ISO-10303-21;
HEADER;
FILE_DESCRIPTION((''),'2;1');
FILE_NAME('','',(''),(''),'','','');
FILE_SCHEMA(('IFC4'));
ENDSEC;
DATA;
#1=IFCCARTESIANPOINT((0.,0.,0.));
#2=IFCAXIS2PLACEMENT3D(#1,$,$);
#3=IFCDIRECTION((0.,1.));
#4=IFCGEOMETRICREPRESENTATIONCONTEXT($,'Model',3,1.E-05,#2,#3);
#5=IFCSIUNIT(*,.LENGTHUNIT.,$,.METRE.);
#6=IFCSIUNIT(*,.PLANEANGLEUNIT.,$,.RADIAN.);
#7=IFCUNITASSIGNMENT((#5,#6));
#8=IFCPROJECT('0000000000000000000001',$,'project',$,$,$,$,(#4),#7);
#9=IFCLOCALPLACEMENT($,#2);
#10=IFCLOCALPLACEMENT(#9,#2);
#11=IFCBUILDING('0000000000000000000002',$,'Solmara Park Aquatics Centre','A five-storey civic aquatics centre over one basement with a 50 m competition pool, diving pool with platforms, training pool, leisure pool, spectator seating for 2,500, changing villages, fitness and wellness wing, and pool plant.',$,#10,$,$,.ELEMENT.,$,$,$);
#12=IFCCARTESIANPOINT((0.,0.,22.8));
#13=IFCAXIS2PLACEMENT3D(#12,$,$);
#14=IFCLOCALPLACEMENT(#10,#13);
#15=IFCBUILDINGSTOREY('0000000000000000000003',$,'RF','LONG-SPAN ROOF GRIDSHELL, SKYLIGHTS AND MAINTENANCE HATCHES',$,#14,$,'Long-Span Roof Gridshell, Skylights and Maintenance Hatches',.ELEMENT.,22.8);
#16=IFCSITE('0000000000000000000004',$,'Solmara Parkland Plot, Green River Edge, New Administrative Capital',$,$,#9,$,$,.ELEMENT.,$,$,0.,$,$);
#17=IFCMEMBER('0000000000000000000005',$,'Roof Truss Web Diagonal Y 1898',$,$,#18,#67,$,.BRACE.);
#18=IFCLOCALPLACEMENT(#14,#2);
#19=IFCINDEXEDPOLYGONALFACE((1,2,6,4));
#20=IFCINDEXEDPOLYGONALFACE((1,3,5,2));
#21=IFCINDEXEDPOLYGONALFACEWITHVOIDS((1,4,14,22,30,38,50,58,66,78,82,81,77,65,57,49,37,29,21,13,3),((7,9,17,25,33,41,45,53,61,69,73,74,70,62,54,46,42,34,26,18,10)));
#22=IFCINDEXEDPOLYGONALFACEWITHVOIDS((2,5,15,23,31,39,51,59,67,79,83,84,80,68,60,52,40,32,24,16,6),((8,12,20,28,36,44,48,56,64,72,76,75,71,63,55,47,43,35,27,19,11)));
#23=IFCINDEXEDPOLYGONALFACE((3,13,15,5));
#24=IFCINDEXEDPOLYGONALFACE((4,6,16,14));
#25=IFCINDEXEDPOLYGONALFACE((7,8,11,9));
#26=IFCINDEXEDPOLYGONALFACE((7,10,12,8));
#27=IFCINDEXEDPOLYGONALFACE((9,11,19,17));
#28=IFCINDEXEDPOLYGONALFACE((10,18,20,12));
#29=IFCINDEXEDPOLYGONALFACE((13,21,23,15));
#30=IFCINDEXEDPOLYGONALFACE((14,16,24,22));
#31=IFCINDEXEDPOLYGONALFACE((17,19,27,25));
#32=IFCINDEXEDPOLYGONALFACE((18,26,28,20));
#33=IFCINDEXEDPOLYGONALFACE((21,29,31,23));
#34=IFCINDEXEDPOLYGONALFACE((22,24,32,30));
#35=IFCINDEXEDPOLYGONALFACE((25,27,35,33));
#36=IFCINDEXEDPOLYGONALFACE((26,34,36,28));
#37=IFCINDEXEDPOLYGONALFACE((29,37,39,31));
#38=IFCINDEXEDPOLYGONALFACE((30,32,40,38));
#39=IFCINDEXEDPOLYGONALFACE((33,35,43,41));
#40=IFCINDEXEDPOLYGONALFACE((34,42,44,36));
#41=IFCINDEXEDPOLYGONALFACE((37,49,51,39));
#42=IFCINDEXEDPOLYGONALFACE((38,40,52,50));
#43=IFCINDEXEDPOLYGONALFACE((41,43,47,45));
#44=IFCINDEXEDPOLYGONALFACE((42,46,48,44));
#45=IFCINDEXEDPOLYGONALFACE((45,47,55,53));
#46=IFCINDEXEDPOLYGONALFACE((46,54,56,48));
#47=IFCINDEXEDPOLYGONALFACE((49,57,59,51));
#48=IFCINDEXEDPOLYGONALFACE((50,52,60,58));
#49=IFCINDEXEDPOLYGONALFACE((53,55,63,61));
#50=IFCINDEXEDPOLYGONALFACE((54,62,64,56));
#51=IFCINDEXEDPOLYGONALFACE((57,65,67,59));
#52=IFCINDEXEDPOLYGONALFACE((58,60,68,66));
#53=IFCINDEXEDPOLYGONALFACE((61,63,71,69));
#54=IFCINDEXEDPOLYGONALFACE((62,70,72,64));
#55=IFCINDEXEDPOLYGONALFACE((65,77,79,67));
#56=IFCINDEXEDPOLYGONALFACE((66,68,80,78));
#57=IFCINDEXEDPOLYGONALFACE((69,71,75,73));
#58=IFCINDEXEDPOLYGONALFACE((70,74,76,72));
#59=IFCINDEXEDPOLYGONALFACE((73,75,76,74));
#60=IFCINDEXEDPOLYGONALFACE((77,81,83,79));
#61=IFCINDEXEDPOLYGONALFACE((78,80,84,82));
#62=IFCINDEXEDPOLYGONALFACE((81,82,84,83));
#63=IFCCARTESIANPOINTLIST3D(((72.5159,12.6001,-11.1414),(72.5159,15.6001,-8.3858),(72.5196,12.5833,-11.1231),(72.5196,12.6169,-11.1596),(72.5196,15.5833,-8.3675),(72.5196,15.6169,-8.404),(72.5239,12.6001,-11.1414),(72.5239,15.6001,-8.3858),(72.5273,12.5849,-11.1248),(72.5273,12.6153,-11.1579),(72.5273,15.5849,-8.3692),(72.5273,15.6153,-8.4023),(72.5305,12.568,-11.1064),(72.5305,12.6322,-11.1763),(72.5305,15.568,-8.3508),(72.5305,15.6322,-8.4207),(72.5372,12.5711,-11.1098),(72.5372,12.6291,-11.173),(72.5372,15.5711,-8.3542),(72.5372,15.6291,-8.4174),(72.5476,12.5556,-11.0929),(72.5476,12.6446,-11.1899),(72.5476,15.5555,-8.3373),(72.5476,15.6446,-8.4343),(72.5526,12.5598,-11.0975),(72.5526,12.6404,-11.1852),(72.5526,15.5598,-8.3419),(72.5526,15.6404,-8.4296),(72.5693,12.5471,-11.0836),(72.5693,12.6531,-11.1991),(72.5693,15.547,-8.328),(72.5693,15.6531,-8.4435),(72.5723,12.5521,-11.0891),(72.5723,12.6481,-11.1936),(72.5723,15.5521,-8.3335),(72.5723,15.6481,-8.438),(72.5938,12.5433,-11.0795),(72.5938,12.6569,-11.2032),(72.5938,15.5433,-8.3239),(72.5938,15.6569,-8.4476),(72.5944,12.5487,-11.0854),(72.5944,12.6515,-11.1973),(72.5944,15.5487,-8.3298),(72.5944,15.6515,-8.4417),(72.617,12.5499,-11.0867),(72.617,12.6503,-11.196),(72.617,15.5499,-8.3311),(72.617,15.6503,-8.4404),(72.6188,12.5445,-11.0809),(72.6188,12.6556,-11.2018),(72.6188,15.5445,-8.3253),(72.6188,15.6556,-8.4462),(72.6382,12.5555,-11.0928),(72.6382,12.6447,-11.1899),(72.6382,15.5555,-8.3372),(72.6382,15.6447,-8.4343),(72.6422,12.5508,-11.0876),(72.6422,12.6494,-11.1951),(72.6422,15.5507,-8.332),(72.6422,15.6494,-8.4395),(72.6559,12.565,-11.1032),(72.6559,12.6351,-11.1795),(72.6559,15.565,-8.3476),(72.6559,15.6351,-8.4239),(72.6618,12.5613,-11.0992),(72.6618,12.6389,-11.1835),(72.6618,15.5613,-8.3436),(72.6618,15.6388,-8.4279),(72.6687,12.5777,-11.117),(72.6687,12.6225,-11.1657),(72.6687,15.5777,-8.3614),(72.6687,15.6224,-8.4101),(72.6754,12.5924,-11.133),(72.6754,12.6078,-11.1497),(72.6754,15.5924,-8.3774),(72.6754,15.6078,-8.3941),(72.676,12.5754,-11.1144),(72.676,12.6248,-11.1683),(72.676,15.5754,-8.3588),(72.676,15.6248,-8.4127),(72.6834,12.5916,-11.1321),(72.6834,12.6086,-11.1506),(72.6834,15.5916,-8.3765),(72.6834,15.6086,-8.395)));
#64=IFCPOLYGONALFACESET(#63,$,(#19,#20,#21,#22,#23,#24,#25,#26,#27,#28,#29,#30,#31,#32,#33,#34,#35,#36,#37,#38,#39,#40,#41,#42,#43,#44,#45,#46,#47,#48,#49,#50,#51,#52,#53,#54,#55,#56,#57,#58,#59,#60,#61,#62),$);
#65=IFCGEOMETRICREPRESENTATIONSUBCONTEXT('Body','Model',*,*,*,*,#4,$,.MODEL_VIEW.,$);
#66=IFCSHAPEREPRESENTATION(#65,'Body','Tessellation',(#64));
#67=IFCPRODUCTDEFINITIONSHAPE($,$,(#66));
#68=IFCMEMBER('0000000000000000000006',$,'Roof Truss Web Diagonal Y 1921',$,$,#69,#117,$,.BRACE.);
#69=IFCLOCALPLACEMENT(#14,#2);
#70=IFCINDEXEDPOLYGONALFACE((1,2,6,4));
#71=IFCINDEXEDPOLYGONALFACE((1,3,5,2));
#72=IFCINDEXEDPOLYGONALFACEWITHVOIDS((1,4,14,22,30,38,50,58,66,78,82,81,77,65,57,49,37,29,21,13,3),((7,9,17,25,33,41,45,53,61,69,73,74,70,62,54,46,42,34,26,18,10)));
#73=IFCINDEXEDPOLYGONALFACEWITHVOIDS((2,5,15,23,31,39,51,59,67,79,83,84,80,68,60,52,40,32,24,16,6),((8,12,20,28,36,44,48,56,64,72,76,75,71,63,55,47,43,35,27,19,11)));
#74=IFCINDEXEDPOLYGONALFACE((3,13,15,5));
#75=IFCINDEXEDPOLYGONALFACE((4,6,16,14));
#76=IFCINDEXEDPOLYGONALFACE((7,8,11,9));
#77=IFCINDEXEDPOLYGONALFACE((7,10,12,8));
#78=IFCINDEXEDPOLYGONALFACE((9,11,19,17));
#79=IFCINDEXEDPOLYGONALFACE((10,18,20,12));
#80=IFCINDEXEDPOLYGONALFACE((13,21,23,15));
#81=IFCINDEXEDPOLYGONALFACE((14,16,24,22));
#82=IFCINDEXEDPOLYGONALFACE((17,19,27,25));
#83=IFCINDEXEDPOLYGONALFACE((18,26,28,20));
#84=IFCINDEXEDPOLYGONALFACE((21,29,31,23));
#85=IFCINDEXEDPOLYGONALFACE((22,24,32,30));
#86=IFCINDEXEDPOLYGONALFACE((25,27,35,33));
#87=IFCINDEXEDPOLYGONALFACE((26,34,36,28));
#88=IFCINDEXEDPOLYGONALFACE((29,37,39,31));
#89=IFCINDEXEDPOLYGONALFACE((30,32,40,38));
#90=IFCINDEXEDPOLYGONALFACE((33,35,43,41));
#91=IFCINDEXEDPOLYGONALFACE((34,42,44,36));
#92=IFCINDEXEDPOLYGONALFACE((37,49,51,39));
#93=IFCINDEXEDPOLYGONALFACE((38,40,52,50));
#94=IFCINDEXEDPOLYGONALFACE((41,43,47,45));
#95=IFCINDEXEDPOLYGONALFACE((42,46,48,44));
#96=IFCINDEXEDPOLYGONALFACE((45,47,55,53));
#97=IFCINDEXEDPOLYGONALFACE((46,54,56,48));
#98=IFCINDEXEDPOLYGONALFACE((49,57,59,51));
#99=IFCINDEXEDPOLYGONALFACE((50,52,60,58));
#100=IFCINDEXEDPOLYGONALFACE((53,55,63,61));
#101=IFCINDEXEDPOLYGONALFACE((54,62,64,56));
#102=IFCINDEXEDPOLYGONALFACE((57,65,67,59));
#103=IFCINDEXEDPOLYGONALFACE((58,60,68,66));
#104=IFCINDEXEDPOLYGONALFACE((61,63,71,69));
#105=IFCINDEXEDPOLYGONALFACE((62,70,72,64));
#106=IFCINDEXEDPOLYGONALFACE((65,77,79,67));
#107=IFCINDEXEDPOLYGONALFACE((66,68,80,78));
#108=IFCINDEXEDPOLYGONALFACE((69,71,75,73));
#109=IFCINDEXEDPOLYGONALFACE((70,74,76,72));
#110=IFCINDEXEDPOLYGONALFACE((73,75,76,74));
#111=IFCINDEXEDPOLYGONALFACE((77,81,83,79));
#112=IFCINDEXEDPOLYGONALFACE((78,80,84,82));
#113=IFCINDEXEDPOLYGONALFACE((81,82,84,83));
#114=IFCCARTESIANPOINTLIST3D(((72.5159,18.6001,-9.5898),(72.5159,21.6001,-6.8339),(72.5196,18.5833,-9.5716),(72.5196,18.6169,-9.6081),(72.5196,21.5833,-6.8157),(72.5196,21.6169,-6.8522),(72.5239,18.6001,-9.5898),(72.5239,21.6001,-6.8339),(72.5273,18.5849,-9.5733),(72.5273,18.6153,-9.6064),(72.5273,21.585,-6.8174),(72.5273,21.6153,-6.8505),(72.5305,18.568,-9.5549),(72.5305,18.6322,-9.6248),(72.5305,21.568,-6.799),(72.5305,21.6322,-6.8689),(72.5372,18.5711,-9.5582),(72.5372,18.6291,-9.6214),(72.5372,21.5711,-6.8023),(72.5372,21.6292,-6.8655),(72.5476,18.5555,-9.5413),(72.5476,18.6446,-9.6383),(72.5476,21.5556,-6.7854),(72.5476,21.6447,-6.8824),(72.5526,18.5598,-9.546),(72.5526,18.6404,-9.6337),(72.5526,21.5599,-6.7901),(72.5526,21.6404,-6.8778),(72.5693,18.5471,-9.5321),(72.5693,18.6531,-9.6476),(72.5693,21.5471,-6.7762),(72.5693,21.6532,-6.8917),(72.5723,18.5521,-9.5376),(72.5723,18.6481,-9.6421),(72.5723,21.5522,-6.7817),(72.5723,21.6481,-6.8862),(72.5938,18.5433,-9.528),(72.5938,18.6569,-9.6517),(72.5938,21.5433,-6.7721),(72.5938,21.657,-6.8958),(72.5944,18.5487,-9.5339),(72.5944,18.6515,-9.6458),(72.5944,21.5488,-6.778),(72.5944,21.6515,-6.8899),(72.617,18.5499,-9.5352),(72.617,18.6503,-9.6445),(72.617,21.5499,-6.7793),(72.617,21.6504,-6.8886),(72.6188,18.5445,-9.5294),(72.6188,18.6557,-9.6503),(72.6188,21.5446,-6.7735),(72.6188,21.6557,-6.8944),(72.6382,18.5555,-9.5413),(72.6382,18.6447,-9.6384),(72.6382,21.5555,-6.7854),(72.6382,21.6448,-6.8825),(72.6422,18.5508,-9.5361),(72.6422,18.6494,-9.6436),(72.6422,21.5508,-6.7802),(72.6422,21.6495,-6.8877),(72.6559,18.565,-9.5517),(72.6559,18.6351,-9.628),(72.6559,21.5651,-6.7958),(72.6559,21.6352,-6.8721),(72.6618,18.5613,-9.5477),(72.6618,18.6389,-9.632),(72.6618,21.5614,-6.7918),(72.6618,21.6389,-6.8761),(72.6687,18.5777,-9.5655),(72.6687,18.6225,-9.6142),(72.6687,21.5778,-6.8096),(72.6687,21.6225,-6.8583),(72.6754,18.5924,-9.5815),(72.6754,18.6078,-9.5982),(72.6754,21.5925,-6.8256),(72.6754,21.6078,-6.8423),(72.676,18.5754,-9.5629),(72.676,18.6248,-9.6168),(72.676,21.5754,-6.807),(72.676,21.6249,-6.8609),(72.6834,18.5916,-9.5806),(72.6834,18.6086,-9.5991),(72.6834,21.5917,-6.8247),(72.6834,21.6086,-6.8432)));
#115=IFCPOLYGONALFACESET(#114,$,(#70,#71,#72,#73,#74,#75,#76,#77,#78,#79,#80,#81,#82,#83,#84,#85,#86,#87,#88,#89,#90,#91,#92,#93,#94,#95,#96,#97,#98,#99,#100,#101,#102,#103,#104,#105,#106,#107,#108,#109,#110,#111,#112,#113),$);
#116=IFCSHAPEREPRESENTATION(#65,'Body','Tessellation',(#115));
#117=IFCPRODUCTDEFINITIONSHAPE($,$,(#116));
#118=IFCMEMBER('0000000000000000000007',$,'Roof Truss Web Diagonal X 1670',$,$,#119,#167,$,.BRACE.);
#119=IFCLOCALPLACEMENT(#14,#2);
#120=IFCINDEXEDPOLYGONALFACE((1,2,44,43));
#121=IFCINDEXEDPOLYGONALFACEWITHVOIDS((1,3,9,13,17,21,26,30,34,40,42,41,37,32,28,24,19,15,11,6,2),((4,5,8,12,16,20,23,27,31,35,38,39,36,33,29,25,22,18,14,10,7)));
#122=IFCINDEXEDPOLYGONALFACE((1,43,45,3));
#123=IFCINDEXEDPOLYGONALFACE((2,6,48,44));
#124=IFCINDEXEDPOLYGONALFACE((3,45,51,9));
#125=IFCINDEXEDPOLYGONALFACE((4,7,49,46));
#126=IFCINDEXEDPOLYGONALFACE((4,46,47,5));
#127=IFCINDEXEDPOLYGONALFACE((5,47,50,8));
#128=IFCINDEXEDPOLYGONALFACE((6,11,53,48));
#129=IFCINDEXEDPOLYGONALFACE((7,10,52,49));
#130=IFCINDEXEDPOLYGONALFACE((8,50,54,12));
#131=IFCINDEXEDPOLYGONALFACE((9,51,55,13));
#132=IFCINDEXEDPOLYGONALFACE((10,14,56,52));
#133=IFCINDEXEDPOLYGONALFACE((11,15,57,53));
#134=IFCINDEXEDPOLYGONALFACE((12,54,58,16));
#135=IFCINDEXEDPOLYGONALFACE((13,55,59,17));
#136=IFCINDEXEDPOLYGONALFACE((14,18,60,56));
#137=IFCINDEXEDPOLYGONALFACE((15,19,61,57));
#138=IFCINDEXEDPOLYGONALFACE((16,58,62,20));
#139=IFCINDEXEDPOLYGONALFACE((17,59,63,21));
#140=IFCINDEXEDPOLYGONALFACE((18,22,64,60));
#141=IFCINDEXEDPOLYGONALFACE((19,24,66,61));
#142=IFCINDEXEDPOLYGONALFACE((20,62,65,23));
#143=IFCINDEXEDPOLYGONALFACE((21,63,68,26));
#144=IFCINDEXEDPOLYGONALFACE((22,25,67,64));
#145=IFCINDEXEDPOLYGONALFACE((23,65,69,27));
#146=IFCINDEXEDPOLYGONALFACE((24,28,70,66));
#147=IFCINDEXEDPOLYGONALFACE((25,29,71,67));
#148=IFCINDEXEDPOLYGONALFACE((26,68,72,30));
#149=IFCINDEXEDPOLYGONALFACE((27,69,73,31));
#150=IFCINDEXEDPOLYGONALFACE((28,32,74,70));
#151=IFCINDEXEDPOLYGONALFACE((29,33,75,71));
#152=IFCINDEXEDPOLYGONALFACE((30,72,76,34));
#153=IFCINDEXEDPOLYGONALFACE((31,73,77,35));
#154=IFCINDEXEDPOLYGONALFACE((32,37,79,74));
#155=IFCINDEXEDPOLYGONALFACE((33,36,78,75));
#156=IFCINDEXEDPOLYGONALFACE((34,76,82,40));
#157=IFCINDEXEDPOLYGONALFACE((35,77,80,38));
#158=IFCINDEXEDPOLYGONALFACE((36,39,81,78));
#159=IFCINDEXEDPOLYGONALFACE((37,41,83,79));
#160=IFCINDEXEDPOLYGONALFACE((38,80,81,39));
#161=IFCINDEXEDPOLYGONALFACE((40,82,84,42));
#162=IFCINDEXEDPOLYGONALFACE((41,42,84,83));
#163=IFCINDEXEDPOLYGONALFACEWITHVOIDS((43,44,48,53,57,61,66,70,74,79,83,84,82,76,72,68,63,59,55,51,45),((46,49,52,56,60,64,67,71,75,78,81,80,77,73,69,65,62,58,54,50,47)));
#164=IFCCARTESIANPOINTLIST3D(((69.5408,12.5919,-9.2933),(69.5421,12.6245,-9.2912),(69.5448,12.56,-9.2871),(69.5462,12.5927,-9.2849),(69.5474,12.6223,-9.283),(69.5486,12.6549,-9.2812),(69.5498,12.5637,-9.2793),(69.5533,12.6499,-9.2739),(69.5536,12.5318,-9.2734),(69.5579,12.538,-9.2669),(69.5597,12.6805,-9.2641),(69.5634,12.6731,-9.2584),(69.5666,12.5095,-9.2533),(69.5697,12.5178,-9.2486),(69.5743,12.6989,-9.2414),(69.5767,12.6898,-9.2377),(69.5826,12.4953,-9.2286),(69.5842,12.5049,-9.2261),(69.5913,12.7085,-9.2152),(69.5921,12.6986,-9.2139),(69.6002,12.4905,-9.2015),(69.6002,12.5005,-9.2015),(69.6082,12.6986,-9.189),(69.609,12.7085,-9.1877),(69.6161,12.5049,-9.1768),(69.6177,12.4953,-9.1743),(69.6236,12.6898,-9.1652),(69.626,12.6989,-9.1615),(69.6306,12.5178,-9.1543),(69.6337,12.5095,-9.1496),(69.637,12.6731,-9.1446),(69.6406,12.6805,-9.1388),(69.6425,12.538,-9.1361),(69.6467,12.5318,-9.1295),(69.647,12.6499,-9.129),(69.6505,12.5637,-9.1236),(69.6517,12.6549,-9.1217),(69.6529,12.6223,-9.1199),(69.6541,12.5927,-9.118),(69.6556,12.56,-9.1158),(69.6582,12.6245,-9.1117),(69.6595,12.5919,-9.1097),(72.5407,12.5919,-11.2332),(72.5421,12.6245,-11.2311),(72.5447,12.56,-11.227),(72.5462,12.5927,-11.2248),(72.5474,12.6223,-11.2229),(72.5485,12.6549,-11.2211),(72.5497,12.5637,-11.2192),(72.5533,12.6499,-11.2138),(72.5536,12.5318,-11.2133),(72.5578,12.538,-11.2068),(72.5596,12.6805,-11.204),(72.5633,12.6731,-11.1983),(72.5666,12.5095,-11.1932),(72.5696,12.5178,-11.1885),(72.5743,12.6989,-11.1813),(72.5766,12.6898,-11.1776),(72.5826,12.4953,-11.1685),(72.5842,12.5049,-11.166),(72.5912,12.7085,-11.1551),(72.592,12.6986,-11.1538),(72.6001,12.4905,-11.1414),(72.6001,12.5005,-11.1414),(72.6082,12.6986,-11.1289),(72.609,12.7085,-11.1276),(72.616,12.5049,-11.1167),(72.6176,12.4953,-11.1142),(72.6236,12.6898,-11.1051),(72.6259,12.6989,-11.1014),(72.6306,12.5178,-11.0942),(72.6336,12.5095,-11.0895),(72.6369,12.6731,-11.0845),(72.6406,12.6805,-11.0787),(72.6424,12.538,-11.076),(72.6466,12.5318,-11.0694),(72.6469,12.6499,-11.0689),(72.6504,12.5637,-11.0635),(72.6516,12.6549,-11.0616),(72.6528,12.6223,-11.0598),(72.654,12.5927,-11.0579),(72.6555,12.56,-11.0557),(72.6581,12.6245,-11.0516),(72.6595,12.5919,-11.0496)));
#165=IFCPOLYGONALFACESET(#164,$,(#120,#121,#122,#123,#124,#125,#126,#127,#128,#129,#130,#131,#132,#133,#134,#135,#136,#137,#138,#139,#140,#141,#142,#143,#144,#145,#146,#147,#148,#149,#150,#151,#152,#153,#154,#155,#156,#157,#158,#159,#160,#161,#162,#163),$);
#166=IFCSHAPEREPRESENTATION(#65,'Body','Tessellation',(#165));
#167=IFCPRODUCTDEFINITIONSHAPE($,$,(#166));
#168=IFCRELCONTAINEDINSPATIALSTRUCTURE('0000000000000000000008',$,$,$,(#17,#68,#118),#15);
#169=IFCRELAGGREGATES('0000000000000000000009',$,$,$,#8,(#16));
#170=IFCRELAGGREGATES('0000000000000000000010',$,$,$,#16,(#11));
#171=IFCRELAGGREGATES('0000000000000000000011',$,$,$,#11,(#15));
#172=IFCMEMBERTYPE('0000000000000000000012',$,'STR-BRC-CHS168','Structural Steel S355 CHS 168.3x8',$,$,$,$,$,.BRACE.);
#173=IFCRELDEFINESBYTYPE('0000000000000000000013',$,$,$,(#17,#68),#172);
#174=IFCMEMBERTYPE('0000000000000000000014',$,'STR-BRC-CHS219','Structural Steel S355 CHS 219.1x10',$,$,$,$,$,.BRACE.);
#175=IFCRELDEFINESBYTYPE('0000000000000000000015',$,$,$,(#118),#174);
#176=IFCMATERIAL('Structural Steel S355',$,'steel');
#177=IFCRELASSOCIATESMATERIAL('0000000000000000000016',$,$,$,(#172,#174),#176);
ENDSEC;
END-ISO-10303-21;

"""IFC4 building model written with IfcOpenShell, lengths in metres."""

from ifc_helpers import new_model, si_unit, direction, frame, origin, origin_2d, place, context, subcontext, project, spatial, hollow_circle, extrude, material, material_profile, profile_set, type_object, element, save


model = new_model("IFC4")

# Units and contexts
model_context = context("Model", 3, precision=1e-05, world=origin(), true_north=direction((0.0, 1.0)))
body_context = subcontext(model_context, "Body", "Model", "MODEL_VIEW")
ifc_project = project(units=[si_unit("LENGTHUNIT", "METRE"), si_unit("PLANEANGLEUNIT", "RADIAN")], contexts=[model_context])

# Site, building, storey
site_placement = place(None, origin())
site = spatial("IfcSite", under=ifc_project, at=site_placement, Name="Solmara Parkland Plot, Green River Edge, New Administrative Capital", CompositionType="ELEMENT", RefElevation=0.0)
building_placement = place(site_placement, origin())
building = spatial("IfcBuilding", under=site, at=building_placement, Name="Solmara Park Aquatics Centre", Description="A five-storey civic aquatics centre over one basement with a 50 m competition pool, diving pool with platforms, training pool, leisure pool, spectator seating for 2,500, changing villages, fitness and wellness wing, and pool plant.", CompositionType="ELEMENT")
storey_placement = place(building_placement, frame((0.0, 0.0, 22.8)))
storey = spatial("IfcBuildingStorey", under=building, at=storey_placement, Name="RF", Description="LONG-SPAN ROOF GRIDSHELL, SKYLIGHTS AND MAINTENANCE HATCHES", LongName="Long-Span Roof Gridshell, Skylights and Maintenance Hatches", CompositionType="ELEMENT", Elevation=22.8)

# Members
ifc_material_1 = material(Name="Structural Steel S355", Category="steel")
ifc_material_profile_1 = material_profile(ifc_material_1, hollow_circle(Radius=0.0842, WallThickness=0.0081, at=origin_2d()), Name="CHS 168.3x8")
ifc_profile_set_1 = profile_set([ifc_material_profile_1], Name="Structural Steel S355")
member_type_1 = type_object("IfcMemberType", Name="STR-BRC-CHS168", Description="Structural Steel S355 CHS 168.3x8", PredefinedType="BRACE", material=ifc_profile_set_1)
member_1_placement = place(storey_placement, frame((72.6001, 12.6001, -11.1414), z_axis=(0.0, 0.736467, 0.676473), x_axis=(-1.0, 0.0, 0.0)))
element("IfcMember", 1, at=member_1_placement, inside=storey, type_object=member_type_1, Name="Roof Truss Web Diagonal Y 1898", PredefinedType="BRACE", context=body_context, shape_type="SweptSolid", body=[
    extrude(hollow_circle(Radius=0.0842, WallThickness=0.0081, at=origin_2d()), origin(), (0.0, 0.0, 1.0), 4.0735),
])
member_2_placement = place(storey_placement, frame((72.6001, 18.6001, -9.5898), z_axis=(0.0, 0.736437, 0.676506), x_axis=(-1.0, 0.0, 0.0)))
element("IfcMember", 2, at=member_2_placement, inside=storey, type_object=member_type_1, Name="Roof Truss Web Diagonal Y 1921", PredefinedType="BRACE", context=body_context, shape_type="SweptSolid", body=[
    extrude(hollow_circle(Radius=0.0842, WallThickness=0.0081, at=origin_2d()), origin(), (0.0, 0.0, 1.0), 4.0737),
])
ifc_material_profile_2 = material_profile(ifc_material_1, hollow_circle(Radius=0.1096, WallThickness=0.01, at=origin_2d()), Name="CHS 219.1x10")
ifc_profile_set_2 = profile_set([ifc_material_profile_2], Name="Structural Steel S355")
member_type_2 = type_object("IfcMemberType", Name="STR-BRC-CHS219", Description="Structural Steel S355 CHS 219.1x10", PredefinedType="BRACE", material=ifc_profile_set_2)
for number, where, z_axis, x_axis, name in (
    (3, (72.6001, 12.6001, -11.1414), (-0.839728, 0.0, 0.543008), (0.0, -1.0, 0.0), "Roof Truss Web Diagonal X 1670"),
):
    element("IfcMember", number, at=place(storey_placement, frame(where, z_axis=z_axis, x_axis=x_axis)), inside=storey, type_object=member_type_2, Name=name, PredefinedType="BRACE", context=body_context, shape_type="SweptSolid", body=[
        extrude(hollow_circle(Radius=0.1096, WallThickness=0.01, at=origin_2d()), origin(), (0.0, 0.0, 1.0), 3.5725),
    ])

save(model, "model.ifc")
